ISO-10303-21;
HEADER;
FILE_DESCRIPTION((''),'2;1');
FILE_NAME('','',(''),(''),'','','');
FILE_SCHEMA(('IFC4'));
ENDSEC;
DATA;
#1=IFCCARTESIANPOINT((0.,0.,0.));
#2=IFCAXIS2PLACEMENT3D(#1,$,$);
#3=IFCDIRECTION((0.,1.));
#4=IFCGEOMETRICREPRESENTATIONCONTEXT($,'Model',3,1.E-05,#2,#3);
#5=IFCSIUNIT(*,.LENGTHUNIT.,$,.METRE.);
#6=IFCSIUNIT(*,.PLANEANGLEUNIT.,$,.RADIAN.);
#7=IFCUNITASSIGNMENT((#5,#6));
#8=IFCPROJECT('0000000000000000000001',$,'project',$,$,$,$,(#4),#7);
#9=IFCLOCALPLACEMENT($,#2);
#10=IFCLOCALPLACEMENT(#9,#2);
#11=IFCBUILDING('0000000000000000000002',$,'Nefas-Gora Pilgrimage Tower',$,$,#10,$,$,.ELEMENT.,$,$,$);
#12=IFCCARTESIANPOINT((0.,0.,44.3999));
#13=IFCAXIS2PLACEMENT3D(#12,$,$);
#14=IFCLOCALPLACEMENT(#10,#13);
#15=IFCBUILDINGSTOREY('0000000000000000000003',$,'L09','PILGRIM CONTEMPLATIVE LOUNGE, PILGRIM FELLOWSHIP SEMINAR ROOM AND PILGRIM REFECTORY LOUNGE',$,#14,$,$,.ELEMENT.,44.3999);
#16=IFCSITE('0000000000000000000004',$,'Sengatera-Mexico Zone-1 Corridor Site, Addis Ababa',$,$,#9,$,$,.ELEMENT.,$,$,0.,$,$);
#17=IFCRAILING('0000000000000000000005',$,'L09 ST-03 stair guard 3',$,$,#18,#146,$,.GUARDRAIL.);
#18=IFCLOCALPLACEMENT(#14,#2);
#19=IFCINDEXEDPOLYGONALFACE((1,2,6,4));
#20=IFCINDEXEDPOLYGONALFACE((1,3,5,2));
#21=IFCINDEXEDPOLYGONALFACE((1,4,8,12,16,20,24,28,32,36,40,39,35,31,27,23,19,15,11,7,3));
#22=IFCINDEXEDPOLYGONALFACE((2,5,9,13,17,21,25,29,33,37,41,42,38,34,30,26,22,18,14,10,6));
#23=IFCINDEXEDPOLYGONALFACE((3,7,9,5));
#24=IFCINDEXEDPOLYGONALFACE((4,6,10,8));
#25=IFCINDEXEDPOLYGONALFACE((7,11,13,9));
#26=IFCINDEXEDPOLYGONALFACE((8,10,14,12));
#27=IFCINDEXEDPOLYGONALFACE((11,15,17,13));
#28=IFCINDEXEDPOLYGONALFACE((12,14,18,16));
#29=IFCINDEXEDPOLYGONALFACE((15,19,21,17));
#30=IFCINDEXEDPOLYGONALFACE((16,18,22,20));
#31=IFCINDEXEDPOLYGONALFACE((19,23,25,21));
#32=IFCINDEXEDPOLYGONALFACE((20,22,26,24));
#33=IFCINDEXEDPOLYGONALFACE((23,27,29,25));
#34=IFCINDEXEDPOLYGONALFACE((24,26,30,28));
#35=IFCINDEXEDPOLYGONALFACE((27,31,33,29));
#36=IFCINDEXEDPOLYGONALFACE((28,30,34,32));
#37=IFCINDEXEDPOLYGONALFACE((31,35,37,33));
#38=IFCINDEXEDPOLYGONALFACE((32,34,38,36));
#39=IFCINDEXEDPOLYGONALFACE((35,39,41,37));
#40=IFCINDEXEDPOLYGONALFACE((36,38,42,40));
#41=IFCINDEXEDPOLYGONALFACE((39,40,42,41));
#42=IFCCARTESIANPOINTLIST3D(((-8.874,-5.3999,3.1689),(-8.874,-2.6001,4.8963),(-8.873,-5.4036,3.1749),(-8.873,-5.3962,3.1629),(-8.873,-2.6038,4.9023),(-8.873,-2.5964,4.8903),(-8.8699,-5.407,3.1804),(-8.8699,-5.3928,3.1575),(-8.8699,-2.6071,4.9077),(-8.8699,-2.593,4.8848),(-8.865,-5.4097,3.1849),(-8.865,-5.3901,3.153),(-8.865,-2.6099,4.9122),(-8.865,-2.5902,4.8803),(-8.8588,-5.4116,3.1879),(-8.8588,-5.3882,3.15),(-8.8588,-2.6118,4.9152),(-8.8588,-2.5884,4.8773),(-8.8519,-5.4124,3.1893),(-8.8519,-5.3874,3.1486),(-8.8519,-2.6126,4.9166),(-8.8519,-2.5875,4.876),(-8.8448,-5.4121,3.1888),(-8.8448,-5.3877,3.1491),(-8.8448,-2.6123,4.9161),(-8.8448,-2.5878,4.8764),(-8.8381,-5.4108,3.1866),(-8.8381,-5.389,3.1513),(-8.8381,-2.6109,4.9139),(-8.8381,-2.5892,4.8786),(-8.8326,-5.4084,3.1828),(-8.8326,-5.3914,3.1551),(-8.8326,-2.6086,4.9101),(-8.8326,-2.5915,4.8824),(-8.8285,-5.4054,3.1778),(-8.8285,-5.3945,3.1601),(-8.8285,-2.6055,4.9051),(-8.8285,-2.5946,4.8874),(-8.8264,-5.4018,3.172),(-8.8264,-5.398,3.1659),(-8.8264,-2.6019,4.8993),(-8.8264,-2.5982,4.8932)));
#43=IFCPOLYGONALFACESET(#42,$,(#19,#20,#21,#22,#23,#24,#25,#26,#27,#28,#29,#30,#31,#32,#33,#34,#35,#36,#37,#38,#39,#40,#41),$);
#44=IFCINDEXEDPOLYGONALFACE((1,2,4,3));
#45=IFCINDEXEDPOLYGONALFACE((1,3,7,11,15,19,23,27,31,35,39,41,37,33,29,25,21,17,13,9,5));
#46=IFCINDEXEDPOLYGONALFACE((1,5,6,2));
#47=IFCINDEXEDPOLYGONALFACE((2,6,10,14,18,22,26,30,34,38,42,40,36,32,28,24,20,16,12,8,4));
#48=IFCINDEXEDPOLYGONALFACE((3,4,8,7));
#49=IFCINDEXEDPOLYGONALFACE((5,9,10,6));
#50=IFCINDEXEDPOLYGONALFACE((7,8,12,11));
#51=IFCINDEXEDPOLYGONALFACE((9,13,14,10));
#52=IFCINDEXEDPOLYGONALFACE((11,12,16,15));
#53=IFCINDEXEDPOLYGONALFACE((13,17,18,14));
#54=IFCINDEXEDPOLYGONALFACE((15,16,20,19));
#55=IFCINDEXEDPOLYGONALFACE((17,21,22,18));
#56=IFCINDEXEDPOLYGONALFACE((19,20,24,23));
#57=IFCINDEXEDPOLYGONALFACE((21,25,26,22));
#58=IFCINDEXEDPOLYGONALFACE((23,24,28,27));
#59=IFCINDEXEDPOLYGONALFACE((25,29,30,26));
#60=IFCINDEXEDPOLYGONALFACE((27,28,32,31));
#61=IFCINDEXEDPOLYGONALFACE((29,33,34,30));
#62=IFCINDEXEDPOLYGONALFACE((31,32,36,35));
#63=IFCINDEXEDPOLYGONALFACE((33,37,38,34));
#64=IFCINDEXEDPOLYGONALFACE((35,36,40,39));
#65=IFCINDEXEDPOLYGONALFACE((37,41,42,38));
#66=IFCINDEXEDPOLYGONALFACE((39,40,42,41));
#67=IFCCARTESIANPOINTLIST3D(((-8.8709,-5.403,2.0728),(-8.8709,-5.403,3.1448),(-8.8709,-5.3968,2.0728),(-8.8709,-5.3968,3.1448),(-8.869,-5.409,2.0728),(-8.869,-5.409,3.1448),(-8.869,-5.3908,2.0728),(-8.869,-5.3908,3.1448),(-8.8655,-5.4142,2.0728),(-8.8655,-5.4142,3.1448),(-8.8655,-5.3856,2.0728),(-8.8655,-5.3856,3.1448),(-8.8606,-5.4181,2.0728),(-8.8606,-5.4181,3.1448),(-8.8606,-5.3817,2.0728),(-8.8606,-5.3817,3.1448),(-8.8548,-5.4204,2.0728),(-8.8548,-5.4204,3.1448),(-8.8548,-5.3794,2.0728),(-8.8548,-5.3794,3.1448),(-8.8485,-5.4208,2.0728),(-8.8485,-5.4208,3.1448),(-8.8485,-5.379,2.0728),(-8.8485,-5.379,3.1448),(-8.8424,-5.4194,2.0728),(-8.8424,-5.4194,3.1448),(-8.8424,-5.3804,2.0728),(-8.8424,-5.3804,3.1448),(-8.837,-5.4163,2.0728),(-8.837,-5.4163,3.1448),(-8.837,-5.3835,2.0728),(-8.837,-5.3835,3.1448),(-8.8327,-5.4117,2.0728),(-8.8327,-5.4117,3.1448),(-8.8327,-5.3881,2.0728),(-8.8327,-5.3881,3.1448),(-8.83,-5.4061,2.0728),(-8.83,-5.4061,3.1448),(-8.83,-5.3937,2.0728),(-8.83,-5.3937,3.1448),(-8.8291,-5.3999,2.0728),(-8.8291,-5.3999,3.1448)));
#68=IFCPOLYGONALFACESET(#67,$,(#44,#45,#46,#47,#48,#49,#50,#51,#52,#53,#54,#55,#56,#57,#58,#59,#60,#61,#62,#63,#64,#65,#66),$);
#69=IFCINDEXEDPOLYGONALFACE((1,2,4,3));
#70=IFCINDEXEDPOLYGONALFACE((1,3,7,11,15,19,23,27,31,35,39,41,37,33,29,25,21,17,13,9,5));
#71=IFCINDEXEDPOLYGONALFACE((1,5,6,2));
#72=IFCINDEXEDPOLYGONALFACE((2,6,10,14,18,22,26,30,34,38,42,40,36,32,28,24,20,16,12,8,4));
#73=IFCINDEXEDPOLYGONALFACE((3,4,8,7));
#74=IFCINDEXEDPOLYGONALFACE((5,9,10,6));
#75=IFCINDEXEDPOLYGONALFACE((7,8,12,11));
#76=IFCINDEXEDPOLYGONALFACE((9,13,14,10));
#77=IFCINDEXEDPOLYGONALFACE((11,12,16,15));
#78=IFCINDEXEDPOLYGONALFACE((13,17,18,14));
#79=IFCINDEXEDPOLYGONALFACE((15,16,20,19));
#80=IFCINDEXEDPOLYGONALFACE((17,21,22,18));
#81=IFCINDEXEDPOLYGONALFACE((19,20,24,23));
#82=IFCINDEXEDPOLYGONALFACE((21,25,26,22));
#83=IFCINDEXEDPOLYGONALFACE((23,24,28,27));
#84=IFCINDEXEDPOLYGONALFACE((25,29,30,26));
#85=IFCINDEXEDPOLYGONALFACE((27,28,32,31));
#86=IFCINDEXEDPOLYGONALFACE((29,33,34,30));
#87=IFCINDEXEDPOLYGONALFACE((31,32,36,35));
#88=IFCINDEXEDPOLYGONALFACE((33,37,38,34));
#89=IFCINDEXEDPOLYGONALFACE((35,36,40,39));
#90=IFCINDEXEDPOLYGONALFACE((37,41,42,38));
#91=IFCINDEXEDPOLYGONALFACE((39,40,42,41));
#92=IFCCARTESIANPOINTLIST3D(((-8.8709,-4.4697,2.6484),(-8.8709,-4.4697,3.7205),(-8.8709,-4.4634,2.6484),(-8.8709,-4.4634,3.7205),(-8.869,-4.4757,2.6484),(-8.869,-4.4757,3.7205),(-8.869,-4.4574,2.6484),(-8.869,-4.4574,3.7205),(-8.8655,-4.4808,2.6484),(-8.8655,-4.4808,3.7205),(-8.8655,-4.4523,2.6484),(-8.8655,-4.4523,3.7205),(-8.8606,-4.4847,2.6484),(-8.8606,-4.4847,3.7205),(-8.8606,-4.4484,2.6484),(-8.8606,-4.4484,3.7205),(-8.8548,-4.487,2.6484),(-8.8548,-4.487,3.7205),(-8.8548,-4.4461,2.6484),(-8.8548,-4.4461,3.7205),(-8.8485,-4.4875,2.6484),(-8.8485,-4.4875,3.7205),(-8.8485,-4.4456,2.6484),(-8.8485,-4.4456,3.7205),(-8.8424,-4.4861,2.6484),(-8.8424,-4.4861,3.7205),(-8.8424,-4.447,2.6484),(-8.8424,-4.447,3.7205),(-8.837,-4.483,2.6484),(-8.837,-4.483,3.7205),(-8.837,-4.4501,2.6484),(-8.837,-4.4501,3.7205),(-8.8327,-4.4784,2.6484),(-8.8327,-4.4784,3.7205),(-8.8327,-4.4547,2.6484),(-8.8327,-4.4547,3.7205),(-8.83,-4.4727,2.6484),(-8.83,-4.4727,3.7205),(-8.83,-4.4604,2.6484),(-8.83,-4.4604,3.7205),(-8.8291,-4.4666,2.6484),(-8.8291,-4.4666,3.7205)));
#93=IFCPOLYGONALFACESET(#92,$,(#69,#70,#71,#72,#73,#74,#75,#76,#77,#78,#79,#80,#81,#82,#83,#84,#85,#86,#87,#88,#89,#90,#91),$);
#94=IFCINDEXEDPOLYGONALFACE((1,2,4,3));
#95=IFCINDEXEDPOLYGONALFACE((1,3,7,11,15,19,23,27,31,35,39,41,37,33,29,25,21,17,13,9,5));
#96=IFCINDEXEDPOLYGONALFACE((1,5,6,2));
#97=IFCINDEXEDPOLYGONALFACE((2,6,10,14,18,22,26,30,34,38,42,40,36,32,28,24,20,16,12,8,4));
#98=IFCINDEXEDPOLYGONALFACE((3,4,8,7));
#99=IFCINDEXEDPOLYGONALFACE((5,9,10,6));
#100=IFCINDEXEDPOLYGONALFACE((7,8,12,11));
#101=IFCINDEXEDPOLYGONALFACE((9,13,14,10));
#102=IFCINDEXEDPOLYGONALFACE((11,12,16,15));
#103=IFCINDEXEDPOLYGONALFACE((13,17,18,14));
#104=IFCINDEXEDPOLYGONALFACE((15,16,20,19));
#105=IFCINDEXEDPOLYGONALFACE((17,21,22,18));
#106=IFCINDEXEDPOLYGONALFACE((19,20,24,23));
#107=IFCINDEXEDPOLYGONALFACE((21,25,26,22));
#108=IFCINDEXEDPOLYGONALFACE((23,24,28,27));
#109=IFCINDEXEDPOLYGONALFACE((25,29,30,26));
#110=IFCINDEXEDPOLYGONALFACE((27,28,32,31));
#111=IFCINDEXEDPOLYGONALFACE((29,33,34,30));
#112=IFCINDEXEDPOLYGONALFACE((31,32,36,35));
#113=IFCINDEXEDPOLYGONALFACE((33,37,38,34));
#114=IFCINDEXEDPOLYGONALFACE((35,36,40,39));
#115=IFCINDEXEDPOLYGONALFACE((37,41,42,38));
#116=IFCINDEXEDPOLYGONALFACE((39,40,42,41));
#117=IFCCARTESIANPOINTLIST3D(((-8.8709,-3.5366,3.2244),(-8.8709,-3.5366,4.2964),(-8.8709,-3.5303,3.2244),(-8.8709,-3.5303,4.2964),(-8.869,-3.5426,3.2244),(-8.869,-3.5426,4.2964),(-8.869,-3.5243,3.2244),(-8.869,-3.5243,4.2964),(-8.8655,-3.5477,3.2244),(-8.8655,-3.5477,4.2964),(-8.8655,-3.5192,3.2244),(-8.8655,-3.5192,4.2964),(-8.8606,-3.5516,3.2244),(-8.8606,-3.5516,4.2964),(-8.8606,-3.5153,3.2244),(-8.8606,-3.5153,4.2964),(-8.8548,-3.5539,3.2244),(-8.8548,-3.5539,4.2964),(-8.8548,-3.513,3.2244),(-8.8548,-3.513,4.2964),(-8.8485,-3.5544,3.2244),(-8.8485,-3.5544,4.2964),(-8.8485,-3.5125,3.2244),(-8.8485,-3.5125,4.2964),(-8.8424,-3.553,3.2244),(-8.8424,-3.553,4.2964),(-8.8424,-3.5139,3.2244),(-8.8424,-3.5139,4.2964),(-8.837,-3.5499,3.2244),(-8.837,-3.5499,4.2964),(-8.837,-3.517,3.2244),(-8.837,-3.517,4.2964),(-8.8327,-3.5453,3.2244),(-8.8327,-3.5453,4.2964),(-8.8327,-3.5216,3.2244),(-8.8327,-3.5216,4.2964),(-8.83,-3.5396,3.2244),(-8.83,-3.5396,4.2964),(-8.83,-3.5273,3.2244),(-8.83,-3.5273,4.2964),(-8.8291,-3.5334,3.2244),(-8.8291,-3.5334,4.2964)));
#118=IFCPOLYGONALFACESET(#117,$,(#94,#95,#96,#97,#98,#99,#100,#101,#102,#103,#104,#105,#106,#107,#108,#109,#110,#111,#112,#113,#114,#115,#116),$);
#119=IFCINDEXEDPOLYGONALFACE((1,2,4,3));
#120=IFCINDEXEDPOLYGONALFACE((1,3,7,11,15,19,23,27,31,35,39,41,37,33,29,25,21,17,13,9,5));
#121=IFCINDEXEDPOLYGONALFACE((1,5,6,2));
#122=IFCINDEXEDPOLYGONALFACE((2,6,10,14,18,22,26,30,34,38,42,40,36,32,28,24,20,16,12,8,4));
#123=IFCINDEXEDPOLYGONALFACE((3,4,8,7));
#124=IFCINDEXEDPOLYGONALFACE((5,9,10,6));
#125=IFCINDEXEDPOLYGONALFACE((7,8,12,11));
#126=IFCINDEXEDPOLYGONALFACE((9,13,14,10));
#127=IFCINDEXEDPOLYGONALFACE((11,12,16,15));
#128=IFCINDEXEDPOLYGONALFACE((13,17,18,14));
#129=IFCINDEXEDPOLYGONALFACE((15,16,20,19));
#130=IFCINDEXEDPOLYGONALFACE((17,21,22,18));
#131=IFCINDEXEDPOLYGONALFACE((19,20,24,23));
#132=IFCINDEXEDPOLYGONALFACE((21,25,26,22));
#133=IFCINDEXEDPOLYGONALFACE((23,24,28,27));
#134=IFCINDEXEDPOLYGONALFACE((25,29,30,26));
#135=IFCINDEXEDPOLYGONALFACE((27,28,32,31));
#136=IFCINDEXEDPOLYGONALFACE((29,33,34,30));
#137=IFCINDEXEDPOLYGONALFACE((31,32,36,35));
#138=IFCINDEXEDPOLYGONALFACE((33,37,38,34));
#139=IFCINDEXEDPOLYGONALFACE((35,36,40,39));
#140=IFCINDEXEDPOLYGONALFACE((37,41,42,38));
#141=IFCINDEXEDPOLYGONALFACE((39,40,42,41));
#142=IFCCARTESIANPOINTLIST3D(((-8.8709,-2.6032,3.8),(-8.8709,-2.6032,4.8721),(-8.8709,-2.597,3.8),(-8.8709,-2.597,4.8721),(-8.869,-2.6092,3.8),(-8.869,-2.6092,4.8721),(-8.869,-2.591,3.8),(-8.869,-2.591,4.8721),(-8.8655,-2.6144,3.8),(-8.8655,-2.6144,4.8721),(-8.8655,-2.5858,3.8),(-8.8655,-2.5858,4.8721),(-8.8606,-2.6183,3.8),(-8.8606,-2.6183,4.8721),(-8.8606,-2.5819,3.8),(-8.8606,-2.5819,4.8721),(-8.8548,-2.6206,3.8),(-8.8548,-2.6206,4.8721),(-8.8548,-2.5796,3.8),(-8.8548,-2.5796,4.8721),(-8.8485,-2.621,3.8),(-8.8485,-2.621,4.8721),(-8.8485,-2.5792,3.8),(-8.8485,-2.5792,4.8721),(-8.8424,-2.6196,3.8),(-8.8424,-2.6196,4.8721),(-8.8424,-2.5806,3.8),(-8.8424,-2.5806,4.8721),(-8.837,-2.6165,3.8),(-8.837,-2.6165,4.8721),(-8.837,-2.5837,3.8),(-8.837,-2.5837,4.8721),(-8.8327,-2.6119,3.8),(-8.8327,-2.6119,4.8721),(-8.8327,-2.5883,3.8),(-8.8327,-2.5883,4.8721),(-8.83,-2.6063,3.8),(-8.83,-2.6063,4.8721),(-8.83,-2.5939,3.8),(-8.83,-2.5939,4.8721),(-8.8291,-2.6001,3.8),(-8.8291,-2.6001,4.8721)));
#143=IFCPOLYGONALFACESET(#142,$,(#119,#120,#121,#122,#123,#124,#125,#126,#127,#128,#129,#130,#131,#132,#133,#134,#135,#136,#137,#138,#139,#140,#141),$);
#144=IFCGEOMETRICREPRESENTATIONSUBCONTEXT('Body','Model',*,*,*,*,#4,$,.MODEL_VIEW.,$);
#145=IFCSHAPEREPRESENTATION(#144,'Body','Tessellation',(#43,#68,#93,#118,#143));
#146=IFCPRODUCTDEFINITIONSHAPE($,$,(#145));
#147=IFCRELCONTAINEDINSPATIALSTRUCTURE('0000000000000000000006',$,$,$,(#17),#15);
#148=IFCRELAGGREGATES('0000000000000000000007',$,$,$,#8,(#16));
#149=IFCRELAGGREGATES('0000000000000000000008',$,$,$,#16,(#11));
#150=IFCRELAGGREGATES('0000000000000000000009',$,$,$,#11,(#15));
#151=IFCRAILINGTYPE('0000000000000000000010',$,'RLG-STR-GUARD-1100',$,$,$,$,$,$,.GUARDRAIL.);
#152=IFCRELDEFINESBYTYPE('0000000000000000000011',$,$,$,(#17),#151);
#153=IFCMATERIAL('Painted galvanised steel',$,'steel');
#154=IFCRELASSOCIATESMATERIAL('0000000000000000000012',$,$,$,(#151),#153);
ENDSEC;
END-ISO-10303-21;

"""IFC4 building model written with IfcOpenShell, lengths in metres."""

from ifc_helpers import new_model, si_unit, direction, frame, origin, origin_2d, place, context, subcontext, project, spatial, circle, extrude, material, type_object, element, save


model = new_model("IFC4")

# Units and contexts
model_context = context("Model", 3, precision=1e-05, world=origin(), true_north=direction((0.0, 1.0)))
body_context = subcontext(model_context, "Body", "Model", "MODEL_VIEW")
ifc_project = project(units=[si_unit("LENGTHUNIT", "METRE"), si_unit("PLANEANGLEUNIT", "RADIAN")], contexts=[model_context])

# Site, building, storey
site_placement = place(None, origin())
site = spatial("IfcSite", under=ifc_project, at=site_placement, Name="Sengatera-Mexico Zone-1 Corridor Site, Addis Ababa", CompositionType="ELEMENT", RefElevation=0.0)
building_placement = place(site_placement, origin())
building = spatial("IfcBuilding", under=site, at=building_placement, Name="Nefas-Gora Pilgrimage Tower", CompositionType="ELEMENT")
storey_placement = place(building_placement, frame((0.0, 0.0, 44.3999)))
storey = spatial("IfcBuildingStorey", under=building, at=storey_placement, Name="L09", Description="PILGRIM CONTEMPLATIVE LOUNGE, PILGRIM FELLOWSHIP SEMINAR ROOM AND PILGRIM REFECTORY LOUNGE", CompositionType="ELEMENT", Elevation=44.3999)

# Railing
ifc_material_1 = material(Name="Painted galvanised steel", Category="steel")
railing_type_1 = type_object("IfcRailingType", Name="RLG-STR-GUARD-1100", PredefinedType="GUARDRAIL", material=ifc_material_1)
railing_1_placement = place(storey_placement, frame((-8.8501, -5.3999, 2.0728)))
element("IfcRailing", 1, at=railing_1_placement, inside=storey, type_object=railing_type_1, Name="L09 ST-03 stair guard 3", PredefinedType="GUARDRAIL", context=body_context, shape_type="SweptSolid", body=[
    extrude(circle(Radius=0.0239, at=origin_2d()), frame((0.0, 0.0, 1.0962), z_axis=(0.0, 0.851069, 0.525054), x_axis=(-1.0, 0.0, 0.0)), (0.0, 0.0, 1.0), 3.2898),
    extrude(circle(Radius=0.021, at=origin_2d()), origin(), (0.0, 0.0, 1.0), 1.072),
    extrude(circle(Radius=0.021, at=origin_2d()), frame((0.0, 0.9333, 0.5757)), (0.0, 0.0, 1.0), 1.072),
    extrude(circle(Radius=0.021, at=origin_2d()), frame((0.0, 1.8665, 1.1516)), (0.0, 0.0, 1.0), 1.072),
    extrude(circle(Radius=0.021, at=origin_2d()), frame((0.0, 2.7998, 1.7273)), (0.0, 0.0, 1.0), 1.072),
])

save(model, "model.ifc")
